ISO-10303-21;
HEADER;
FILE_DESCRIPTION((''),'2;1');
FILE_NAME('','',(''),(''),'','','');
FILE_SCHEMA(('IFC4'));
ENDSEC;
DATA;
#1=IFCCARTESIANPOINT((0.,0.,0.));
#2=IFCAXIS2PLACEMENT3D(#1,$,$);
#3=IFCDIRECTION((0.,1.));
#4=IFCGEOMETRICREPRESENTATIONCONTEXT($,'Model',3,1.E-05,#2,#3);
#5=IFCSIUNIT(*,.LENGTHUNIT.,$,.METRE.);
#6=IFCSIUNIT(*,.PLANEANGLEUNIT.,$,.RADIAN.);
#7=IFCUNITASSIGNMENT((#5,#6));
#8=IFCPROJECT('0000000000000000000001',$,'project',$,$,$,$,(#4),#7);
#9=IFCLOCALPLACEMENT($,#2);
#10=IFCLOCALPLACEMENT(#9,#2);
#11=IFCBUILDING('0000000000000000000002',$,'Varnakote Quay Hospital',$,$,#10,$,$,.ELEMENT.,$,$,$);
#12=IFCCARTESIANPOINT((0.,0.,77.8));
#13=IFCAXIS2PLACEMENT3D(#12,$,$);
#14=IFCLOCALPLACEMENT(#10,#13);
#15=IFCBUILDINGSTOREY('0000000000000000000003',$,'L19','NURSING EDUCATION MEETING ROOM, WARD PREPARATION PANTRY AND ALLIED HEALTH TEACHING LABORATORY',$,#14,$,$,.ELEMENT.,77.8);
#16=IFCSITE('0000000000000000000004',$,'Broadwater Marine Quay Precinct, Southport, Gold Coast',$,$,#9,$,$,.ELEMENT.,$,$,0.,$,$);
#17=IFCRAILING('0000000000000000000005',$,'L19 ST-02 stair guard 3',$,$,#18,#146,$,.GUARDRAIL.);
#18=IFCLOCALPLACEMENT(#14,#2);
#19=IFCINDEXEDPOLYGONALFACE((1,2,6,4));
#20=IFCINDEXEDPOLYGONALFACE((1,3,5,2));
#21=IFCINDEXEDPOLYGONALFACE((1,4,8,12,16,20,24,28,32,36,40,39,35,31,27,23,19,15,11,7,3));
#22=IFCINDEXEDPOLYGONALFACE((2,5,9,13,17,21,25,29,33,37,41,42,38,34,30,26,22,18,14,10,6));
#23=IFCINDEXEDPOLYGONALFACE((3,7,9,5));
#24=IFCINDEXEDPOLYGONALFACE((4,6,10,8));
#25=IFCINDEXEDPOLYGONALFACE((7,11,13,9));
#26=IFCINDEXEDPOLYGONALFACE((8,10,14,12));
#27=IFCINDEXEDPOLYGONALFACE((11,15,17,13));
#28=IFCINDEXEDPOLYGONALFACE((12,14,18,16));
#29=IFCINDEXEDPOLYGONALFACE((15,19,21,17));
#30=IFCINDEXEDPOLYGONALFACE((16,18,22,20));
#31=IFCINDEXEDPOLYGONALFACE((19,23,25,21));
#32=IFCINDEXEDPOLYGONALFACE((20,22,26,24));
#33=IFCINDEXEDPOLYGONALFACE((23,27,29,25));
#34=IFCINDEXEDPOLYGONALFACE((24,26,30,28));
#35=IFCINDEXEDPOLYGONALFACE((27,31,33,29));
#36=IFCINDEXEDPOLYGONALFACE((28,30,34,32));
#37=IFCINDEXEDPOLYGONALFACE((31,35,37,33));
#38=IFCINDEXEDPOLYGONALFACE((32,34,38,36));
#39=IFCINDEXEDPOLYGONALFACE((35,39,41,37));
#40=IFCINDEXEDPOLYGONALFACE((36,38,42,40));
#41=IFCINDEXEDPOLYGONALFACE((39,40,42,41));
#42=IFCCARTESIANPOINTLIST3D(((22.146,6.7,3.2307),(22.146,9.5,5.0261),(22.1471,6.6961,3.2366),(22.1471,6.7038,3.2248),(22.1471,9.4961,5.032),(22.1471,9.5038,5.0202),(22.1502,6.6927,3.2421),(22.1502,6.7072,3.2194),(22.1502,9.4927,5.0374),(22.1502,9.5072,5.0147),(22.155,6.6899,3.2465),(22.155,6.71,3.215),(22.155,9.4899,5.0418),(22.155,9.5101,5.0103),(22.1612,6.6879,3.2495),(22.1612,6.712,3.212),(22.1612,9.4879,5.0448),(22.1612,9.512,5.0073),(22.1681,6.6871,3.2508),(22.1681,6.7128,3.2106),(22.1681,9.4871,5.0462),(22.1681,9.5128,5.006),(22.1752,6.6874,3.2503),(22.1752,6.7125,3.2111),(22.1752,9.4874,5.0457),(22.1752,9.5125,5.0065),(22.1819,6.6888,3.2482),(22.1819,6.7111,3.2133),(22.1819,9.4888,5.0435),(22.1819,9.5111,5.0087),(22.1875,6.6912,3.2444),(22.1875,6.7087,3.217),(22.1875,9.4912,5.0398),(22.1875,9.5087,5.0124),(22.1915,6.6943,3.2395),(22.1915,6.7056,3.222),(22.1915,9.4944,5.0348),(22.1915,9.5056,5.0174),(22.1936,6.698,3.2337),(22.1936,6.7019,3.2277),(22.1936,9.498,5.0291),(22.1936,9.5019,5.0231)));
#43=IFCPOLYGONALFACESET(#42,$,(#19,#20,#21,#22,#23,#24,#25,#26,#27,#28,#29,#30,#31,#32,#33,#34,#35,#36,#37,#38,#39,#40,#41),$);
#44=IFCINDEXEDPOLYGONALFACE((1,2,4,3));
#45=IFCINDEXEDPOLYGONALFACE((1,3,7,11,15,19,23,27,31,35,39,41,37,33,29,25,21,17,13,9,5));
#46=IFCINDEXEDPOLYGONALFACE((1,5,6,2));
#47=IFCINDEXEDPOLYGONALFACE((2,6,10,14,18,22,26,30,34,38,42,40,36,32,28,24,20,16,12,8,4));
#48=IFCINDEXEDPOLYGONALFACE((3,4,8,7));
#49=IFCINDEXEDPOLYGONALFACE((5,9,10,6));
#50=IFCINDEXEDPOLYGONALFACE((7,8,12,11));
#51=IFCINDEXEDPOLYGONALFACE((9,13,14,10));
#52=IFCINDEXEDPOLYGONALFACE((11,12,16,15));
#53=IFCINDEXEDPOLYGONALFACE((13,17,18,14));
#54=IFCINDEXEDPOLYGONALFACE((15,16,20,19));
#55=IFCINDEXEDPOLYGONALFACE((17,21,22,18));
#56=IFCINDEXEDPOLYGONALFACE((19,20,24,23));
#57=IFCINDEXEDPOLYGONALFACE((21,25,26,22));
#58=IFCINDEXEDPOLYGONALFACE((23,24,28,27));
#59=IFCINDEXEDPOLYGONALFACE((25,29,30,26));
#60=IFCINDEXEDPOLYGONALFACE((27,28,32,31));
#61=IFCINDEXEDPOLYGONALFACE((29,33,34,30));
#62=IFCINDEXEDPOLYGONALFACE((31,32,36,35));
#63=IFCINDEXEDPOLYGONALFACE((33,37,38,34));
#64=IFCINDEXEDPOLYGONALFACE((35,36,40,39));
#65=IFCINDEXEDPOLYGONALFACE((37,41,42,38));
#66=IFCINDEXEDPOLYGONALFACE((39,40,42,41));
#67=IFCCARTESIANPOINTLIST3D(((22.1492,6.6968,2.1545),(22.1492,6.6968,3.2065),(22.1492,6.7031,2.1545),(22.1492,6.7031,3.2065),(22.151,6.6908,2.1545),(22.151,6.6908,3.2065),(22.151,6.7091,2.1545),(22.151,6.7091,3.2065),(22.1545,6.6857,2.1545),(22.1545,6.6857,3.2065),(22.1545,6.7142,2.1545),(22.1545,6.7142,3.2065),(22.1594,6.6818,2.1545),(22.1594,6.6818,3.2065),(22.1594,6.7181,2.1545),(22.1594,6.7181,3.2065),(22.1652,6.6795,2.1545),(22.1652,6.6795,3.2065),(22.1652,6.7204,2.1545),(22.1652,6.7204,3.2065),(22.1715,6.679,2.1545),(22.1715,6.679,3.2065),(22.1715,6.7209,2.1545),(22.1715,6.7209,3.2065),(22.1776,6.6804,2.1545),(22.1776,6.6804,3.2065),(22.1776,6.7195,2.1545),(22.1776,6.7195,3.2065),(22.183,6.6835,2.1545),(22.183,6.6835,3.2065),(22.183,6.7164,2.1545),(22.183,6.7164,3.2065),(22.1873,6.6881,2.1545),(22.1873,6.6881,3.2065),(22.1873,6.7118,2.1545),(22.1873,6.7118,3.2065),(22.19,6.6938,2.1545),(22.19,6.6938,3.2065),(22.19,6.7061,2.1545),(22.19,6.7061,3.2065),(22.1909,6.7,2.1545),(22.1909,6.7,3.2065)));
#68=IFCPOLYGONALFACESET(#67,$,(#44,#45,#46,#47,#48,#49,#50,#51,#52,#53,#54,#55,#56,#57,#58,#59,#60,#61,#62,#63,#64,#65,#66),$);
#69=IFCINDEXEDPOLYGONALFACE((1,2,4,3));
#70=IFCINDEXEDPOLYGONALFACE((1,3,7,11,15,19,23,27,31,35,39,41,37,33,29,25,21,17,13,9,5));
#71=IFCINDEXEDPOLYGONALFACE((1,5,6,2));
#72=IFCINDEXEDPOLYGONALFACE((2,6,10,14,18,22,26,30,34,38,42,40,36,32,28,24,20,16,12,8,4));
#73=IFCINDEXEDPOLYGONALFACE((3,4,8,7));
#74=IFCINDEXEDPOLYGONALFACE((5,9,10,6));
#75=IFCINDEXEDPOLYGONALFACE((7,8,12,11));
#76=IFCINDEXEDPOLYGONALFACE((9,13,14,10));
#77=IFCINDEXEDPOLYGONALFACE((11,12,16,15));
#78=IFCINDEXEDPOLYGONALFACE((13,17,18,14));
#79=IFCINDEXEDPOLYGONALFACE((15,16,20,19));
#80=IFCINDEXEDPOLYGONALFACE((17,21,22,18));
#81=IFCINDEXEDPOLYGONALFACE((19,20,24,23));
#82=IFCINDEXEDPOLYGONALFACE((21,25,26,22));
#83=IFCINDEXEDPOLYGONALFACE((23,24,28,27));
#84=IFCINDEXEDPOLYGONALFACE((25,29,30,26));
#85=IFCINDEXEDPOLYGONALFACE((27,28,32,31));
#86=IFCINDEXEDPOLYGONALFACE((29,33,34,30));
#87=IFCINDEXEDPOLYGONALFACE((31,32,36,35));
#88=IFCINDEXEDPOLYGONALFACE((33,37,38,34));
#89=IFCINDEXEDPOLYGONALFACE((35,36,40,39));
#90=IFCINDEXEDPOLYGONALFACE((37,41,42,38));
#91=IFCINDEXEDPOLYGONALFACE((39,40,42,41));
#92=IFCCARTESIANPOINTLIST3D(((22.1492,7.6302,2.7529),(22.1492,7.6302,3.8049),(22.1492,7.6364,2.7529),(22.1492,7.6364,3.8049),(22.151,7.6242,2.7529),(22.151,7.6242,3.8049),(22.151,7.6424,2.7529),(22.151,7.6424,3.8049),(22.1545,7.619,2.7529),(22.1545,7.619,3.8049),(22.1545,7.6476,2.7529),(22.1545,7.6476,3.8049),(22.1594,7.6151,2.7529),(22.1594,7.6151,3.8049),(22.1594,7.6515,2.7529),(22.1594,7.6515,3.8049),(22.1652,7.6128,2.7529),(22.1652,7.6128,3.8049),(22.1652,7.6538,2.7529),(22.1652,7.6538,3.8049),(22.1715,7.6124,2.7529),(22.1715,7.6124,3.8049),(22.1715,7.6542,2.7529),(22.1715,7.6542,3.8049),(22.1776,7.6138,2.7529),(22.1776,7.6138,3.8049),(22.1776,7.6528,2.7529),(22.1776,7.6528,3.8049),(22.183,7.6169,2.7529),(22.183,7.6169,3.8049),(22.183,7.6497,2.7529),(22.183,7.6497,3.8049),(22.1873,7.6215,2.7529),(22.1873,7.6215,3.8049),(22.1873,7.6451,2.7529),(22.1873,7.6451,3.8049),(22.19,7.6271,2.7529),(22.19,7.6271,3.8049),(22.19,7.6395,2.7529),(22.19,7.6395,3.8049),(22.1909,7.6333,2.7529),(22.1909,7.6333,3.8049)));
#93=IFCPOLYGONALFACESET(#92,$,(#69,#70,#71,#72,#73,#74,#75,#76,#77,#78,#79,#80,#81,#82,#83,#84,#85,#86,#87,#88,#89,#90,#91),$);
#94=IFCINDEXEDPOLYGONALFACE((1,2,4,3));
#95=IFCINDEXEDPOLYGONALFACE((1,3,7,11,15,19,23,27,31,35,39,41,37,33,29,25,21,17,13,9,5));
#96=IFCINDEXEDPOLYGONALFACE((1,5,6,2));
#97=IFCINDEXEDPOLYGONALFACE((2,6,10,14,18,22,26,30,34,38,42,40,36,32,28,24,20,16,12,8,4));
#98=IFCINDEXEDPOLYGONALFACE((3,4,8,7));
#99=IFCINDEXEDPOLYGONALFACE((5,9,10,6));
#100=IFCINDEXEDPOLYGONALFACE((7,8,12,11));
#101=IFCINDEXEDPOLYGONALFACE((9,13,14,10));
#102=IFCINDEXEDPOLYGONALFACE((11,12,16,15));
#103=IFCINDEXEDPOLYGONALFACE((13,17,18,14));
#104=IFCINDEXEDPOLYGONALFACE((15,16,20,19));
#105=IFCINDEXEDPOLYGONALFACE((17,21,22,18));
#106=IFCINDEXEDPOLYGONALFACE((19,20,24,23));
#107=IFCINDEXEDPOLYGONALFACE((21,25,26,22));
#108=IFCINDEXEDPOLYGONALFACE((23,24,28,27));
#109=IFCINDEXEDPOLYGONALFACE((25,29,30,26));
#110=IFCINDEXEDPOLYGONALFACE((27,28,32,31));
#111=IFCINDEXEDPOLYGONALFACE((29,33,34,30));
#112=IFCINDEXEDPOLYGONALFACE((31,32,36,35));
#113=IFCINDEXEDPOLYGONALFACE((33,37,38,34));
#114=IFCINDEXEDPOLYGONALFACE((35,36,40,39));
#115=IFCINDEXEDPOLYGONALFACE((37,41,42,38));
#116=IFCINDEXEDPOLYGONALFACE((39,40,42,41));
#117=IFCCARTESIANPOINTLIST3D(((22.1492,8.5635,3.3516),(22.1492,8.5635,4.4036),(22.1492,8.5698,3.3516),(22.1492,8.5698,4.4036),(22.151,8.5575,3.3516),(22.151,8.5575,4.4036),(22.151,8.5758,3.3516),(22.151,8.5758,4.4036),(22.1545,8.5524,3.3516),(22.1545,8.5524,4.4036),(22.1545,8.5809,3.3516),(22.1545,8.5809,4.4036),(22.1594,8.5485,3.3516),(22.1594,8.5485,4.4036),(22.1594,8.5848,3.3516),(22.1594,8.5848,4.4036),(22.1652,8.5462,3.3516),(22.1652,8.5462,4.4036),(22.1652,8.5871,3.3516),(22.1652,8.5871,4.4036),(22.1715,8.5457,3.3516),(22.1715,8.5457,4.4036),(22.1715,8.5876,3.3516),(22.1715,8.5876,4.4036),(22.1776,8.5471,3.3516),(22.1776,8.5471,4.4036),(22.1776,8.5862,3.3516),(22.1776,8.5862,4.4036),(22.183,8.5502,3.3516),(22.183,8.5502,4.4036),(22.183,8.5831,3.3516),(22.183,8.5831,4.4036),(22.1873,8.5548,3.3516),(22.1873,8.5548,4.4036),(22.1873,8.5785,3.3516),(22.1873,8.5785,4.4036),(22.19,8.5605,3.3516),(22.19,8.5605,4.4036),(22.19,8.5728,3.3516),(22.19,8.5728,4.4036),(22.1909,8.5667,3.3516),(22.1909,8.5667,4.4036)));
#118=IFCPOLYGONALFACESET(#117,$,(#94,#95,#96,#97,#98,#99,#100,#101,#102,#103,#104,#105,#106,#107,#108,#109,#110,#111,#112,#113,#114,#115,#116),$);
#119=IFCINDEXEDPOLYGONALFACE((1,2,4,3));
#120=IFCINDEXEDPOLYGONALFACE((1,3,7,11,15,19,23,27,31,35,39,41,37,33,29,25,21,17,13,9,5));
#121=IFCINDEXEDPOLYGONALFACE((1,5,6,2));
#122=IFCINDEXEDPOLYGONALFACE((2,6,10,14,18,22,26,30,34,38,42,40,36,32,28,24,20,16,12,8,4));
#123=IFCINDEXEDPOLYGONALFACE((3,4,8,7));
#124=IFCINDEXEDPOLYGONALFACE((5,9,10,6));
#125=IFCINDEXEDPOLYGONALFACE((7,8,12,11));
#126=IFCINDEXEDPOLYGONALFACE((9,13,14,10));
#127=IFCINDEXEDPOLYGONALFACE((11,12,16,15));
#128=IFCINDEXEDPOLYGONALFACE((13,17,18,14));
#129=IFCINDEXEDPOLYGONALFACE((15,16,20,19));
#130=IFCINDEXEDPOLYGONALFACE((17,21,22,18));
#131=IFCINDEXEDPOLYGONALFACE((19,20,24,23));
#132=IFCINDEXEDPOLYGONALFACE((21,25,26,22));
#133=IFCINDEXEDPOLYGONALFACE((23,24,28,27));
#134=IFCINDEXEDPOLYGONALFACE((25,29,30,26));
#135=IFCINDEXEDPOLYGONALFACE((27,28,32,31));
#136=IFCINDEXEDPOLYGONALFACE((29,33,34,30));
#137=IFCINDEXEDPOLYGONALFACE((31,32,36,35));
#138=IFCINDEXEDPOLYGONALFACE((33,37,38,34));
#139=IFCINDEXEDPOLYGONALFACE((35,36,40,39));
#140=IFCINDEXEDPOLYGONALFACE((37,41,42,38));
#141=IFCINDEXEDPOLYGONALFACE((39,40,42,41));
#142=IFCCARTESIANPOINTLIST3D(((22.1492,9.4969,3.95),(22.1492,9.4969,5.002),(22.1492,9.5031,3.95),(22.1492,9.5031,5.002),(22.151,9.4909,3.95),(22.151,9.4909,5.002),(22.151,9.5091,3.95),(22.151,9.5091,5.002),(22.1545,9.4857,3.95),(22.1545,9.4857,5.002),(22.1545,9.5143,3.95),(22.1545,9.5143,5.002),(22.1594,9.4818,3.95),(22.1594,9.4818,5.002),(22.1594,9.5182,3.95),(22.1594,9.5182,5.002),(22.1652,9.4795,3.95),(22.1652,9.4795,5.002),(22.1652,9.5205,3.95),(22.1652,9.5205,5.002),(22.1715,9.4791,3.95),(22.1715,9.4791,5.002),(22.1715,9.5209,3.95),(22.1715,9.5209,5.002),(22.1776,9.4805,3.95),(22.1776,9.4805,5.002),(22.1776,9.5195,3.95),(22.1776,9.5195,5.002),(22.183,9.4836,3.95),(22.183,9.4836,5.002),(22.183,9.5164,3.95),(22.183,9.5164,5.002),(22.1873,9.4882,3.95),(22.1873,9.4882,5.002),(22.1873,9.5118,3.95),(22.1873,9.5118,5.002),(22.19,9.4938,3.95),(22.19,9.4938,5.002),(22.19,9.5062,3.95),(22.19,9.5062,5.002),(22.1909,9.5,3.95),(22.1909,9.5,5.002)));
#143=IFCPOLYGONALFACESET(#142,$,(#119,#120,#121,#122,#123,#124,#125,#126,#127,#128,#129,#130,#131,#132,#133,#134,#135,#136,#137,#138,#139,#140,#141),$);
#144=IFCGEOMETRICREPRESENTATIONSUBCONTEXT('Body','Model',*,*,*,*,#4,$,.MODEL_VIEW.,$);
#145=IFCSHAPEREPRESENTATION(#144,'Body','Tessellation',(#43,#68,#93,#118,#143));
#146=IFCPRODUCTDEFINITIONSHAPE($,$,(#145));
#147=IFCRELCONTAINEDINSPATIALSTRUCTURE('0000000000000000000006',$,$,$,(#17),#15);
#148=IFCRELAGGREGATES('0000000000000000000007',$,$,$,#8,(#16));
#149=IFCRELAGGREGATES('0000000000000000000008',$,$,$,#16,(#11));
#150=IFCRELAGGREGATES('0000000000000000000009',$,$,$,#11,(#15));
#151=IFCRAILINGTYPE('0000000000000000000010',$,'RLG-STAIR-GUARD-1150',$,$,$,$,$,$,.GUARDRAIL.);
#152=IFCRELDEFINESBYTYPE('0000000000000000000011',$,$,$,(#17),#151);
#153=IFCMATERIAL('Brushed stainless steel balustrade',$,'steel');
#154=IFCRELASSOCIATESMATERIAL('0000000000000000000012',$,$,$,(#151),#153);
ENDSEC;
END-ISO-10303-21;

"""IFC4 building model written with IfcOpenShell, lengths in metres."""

from ifc_helpers import new_model, si_unit, direction, frame, origin, origin_2d, place, context, subcontext, project, spatial, circle, extrude, material, type_object, element, save


model = new_model("IFC4")

# Units and contexts
model_context = context("Model", 3, precision=1e-05, world=origin(), true_north=direction((0.0, 1.0)))
body_context = subcontext(model_context, "Body", "Model", "MODEL_VIEW")
ifc_project = project(units=[si_unit("LENGTHUNIT", "METRE"), si_unit("PLANEANGLEUNIT", "RADIAN")], contexts=[model_context])

# Site, building, storey
site_placement = place(None, origin())
site = spatial("IfcSite", under=ifc_project, at=site_placement, Name="Broadwater Marine Quay Precinct, Southport, Gold Coast", CompositionType="ELEMENT", RefElevation=0.0)
building_placement = place(site_placement, origin())
building = spatial("IfcBuilding", under=site, at=building_placement, Name="Varnakote Quay Hospital", CompositionType="ELEMENT")
storey_placement = place(building_placement, frame((0.0, 0.0, 77.8)))
storey = spatial("IfcBuildingStorey", under=building, at=storey_placement, Name="L19", Description="NURSING EDUCATION MEETING ROOM, WARD PREPARATION PANTRY AND ALLIED HEALTH TEACHING LABORATORY", CompositionType="ELEMENT", Elevation=77.8)

# Railing
ifc_material_1 = material(Name="Brushed stainless steel balustrade", Category="steel")
railing_type_1 = type_object("IfcRailingType", Name="RLG-STAIR-GUARD-1150", PredefinedType="GUARDRAIL", material=ifc_material_1)
railing_1_placement = place(storey_placement, frame((22.1699, 6.7, 2.1545)))
element("IfcRailing", 1, at=railing_1_placement, inside=storey, type_object=railing_type_1, Name="L19 ST-02 stair guard 3", PredefinedType="GUARDRAIL", context=body_context, shape_type="SweptSolid", body=[
    extrude(circle(Radius=0.0239, at=origin_2d()), frame((0.0, 0.0, 1.0762), z_axis=(0.0, 0.84181, 0.539774), x_axis=(-1.0, 0.0, 0.0)), (0.0, 0.0, 1.0), 3.3262),
    extrude(circle(Radius=0.021, at=origin_2d()), origin(), (0.0, 0.0, 1.0), 1.052),
    extrude(circle(Radius=0.021, at=origin_2d()), frame((0.0, 0.9333, 0.5984)), (0.0, 0.0, 1.0), 1.052),
    extrude(circle(Radius=0.021, at=origin_2d()), frame((0.0, 1.8667, 1.197)), (0.0, 0.0, 1.0), 1.052),
    extrude(circle(Radius=0.021, at=origin_2d()), frame((0.0, 2.8, 1.7954)), (0.0, 0.0, 1.0), 1.052),
])

save(model, "model.ifc")
